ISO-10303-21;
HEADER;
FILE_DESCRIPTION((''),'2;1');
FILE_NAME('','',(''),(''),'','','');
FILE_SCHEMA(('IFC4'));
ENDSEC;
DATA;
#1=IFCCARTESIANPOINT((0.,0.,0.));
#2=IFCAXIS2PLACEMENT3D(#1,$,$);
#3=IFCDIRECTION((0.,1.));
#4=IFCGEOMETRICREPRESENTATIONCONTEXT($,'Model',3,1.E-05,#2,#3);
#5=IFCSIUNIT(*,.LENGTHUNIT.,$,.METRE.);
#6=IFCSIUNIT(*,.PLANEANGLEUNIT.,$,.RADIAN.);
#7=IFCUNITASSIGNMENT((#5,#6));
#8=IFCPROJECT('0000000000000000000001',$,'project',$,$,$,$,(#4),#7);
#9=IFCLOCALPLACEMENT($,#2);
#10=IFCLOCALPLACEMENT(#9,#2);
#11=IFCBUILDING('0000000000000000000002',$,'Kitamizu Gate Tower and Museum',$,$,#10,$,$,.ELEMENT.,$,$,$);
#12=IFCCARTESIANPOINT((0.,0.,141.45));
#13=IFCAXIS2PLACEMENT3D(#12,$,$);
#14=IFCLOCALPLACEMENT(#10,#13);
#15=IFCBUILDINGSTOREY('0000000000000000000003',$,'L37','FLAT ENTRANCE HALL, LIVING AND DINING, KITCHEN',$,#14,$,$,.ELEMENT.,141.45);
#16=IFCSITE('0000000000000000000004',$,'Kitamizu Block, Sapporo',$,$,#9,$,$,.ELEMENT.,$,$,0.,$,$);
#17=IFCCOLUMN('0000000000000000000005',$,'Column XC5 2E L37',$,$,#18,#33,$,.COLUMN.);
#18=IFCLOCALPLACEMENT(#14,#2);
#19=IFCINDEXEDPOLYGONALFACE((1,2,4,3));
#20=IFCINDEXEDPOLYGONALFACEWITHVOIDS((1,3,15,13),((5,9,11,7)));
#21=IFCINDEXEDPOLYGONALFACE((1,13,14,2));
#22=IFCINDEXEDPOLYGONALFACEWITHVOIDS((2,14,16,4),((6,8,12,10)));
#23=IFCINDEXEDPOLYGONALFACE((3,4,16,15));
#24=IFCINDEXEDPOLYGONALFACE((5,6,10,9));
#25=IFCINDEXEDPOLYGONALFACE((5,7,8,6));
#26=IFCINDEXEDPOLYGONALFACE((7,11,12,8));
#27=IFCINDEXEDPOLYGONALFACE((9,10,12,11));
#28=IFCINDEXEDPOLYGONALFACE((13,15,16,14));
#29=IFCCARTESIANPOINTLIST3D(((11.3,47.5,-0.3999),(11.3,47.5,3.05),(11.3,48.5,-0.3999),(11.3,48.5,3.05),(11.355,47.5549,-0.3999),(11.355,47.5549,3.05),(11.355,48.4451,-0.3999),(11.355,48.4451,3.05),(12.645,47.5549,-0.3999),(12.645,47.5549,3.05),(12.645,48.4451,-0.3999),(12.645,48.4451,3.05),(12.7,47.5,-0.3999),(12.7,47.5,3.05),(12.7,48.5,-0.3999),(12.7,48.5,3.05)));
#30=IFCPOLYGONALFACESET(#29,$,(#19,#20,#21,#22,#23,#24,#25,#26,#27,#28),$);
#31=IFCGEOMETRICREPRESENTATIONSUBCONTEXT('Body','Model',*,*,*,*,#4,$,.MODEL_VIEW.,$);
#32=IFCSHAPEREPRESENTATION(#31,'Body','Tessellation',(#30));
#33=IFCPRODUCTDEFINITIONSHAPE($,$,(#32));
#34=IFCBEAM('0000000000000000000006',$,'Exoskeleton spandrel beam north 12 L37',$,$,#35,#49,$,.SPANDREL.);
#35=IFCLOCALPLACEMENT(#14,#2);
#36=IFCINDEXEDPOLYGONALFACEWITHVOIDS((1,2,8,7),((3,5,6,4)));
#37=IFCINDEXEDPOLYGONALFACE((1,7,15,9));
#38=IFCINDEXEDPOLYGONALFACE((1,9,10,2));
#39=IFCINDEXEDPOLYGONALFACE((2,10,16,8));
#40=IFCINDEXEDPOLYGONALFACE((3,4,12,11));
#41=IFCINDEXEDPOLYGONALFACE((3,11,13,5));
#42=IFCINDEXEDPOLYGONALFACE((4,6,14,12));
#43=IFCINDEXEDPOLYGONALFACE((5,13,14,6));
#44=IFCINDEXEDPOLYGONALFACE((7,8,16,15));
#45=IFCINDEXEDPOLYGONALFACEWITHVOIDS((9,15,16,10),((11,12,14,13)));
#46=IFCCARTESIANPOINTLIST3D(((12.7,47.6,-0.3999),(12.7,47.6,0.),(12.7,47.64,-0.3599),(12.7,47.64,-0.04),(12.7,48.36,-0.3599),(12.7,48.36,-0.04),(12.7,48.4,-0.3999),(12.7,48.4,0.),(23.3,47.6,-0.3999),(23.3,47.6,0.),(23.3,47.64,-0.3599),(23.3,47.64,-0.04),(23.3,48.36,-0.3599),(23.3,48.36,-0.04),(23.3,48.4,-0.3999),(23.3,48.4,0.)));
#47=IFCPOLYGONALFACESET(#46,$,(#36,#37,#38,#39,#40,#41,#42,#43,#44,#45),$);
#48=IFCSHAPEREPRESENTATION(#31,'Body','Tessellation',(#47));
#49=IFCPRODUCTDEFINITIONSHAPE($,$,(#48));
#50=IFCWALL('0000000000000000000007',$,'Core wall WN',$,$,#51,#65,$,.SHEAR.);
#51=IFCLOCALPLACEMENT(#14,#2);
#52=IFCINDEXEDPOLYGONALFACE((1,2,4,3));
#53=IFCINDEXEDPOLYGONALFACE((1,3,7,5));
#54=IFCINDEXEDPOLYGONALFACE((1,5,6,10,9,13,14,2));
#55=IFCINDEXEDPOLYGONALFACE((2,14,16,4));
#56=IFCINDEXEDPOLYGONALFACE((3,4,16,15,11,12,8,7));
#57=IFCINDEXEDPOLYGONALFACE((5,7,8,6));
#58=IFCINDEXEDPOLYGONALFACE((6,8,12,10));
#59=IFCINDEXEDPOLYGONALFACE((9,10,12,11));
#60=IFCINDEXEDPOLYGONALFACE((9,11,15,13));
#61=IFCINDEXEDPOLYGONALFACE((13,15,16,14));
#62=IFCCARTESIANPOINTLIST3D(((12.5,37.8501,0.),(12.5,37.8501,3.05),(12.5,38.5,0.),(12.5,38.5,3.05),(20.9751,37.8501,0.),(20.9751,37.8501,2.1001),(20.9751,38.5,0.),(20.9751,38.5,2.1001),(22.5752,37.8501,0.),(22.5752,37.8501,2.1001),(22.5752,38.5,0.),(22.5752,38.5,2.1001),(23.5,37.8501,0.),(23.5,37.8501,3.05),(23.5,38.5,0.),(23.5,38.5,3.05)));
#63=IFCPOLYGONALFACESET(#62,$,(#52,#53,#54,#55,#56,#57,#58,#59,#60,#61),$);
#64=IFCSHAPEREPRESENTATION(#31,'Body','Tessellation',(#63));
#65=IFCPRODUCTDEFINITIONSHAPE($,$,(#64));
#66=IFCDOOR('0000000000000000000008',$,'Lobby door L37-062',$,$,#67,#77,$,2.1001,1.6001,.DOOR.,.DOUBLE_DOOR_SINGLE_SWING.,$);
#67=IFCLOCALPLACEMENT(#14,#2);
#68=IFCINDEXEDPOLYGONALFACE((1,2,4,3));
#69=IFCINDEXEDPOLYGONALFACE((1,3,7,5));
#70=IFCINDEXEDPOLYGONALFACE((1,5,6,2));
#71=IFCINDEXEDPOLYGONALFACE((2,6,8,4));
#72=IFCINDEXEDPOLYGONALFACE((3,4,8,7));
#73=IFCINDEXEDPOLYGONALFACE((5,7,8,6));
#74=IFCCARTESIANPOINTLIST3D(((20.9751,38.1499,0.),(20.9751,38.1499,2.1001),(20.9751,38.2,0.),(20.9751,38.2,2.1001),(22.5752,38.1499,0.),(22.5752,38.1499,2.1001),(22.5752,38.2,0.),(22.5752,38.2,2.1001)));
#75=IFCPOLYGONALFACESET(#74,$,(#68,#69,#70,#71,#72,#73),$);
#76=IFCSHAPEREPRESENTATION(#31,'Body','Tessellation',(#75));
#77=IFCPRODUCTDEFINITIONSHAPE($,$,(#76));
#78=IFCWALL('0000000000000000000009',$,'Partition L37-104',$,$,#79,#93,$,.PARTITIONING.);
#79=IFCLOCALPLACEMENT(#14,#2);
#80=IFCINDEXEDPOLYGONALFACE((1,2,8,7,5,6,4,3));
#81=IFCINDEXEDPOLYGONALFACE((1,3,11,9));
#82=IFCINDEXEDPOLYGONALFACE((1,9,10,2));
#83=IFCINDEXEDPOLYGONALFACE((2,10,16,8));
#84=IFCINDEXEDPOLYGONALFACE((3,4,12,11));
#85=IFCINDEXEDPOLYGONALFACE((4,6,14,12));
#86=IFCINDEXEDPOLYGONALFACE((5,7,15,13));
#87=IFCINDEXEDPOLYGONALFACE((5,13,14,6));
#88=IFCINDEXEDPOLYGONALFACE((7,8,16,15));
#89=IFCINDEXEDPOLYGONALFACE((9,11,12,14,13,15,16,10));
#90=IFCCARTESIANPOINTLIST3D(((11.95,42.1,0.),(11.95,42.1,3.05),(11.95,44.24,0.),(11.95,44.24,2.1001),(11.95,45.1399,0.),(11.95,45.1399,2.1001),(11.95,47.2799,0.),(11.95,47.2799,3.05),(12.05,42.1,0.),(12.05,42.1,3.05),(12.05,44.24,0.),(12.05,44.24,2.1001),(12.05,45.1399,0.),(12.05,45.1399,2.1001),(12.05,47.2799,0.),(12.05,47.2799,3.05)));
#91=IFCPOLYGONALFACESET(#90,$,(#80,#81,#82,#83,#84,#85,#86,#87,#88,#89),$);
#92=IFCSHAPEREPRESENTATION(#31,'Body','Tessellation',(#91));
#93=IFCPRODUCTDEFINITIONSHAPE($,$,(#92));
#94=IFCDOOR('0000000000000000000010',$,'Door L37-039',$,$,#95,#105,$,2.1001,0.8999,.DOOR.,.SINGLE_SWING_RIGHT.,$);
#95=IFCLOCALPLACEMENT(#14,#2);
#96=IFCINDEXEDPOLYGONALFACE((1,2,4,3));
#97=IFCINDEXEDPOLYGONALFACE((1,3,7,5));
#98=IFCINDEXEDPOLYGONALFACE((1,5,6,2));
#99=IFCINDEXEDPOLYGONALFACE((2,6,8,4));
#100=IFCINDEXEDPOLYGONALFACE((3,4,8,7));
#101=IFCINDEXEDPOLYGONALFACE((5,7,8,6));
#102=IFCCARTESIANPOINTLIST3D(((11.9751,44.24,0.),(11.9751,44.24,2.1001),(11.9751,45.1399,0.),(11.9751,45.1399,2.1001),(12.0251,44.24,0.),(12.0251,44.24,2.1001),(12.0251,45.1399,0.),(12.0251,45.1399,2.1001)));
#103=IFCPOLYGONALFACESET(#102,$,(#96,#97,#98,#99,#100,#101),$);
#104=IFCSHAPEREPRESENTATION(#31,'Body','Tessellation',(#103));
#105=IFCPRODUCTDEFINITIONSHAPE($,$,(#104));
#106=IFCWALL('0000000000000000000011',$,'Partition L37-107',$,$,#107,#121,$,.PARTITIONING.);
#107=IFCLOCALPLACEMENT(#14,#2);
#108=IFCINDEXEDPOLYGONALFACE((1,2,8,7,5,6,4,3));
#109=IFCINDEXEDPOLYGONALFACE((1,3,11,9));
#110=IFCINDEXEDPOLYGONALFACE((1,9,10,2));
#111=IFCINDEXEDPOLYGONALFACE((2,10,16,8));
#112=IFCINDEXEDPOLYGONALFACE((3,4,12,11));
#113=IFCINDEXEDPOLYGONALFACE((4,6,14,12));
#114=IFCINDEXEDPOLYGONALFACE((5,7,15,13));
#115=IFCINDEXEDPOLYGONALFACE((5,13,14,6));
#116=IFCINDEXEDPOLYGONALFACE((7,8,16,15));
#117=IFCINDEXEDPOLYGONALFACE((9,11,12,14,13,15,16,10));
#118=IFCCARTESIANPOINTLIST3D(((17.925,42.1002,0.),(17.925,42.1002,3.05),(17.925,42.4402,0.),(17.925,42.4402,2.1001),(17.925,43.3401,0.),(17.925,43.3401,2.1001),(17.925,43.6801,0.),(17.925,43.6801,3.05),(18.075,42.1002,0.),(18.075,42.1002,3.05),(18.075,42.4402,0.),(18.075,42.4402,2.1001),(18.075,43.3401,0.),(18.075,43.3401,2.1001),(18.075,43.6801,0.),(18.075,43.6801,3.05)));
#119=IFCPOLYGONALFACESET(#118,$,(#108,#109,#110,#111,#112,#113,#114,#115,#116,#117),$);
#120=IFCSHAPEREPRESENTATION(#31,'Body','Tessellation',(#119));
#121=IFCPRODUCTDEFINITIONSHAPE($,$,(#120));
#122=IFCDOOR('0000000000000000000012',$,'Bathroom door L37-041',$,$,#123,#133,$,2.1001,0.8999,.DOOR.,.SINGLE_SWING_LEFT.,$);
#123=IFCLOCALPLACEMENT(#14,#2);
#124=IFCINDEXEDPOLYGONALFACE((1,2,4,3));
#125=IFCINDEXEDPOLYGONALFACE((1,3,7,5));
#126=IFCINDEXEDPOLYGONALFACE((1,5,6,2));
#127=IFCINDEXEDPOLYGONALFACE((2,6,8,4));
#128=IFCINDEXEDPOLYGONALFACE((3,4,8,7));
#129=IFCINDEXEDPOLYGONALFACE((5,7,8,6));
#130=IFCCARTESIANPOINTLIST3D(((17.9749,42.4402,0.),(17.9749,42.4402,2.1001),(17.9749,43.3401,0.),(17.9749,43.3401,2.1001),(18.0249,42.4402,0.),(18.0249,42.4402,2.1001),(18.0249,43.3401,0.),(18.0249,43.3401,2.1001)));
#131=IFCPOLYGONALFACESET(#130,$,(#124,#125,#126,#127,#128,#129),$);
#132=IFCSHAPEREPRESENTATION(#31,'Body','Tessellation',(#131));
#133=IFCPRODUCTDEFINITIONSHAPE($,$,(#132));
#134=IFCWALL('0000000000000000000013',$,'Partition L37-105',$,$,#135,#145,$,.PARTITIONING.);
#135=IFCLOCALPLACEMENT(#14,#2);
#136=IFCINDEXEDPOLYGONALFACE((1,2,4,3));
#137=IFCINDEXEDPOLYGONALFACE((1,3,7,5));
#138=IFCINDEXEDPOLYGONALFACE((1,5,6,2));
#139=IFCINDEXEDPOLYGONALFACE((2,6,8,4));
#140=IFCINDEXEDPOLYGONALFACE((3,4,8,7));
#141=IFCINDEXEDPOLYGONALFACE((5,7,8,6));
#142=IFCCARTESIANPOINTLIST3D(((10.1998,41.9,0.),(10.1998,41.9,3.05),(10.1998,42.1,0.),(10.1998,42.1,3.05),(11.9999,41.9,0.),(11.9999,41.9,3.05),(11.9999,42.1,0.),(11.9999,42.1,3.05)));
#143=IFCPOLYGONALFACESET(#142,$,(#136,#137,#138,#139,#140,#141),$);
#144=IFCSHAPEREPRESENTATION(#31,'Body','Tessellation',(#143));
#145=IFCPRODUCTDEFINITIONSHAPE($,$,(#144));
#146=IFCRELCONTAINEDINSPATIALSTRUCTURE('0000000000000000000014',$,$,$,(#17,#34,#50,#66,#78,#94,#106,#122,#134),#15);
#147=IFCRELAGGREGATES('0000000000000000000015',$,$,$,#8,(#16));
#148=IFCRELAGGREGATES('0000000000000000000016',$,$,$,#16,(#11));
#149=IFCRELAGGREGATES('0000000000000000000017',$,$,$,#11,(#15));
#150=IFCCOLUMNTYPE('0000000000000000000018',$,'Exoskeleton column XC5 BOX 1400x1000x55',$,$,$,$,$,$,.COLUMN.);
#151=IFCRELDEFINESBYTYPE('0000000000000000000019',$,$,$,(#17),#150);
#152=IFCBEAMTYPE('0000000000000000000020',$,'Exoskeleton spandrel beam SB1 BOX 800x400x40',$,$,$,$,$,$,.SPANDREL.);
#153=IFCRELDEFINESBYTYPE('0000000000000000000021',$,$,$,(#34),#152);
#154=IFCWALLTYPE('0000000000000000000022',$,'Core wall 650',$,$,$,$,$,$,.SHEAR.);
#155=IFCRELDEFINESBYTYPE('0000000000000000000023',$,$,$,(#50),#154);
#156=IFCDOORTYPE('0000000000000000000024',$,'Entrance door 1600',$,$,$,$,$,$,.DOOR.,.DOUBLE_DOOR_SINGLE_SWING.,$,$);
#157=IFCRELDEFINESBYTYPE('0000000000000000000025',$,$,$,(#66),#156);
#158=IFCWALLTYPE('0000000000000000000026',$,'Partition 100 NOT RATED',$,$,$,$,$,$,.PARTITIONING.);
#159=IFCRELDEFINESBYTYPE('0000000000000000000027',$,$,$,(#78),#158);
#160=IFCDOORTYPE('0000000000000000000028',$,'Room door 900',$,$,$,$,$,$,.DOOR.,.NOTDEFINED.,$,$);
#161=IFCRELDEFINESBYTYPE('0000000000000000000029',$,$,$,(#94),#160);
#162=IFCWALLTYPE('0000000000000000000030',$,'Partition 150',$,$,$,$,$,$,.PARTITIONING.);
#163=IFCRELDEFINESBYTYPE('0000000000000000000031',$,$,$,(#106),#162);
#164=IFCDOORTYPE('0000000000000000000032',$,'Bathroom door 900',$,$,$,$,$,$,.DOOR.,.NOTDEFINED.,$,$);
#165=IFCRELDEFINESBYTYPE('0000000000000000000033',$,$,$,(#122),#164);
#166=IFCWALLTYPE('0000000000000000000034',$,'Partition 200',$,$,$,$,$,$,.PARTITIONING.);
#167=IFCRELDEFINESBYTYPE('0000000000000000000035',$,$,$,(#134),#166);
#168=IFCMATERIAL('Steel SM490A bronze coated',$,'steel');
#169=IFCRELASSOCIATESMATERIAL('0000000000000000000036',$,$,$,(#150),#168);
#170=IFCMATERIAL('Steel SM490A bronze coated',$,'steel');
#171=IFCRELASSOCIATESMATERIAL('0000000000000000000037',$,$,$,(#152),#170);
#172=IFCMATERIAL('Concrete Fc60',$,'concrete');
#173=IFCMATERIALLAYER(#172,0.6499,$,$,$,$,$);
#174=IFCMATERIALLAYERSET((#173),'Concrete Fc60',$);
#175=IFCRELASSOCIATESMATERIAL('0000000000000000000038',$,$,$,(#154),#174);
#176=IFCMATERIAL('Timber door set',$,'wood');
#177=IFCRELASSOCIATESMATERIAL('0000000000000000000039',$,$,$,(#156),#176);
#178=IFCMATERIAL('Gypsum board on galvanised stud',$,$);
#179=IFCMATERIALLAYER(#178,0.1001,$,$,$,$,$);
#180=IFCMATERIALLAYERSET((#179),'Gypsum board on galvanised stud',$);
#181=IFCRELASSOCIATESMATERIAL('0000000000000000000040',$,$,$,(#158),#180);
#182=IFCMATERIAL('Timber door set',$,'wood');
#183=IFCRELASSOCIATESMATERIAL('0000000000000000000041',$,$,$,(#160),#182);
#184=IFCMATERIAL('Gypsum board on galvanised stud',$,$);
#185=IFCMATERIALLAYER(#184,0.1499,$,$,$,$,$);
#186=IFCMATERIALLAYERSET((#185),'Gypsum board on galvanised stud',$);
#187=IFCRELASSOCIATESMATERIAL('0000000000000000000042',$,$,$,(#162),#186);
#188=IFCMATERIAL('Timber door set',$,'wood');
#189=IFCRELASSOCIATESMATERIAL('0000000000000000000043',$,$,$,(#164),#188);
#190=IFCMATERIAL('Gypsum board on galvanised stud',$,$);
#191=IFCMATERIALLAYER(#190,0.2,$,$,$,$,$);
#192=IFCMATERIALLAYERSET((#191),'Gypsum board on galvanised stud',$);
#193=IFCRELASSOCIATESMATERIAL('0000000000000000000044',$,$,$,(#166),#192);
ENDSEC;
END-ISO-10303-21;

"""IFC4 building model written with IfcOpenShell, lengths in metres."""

from ifc_helpers import new_model, si_unit, direction, frame, frame_2d, origin, origin_2d, place, context, subcontext, project, spatial, rectangle, hollow_rectangle, extrude, material, layer, layer_set, material_profile, profile_set, type_object, element, fill, save


model = new_model("IFC4")

# Units and contexts
model_context = context("Model", 3, precision=1e-05, world=origin(), true_north=direction((0.0, 1.0)))
body_context = subcontext(model_context, "Body", "Model", "MODEL_VIEW")
ifc_project = project(units=[si_unit("LENGTHUNIT", "METRE"), si_unit("PLANEANGLEUNIT", "RADIAN")], contexts=[model_context])

# Site, building, storey
site_placement = place(None, origin())
site = spatial("IfcSite", under=ifc_project, at=site_placement, Name="Kitamizu Block, Sapporo", CompositionType="ELEMENT", RefElevation=0.0)
building_placement = place(site_placement, origin())
building = spatial("IfcBuilding", under=site, at=building_placement, Name="Kitamizu Gate Tower and Museum", CompositionType="ELEMENT")
storey_placement = place(building_placement, frame((0.0, 0.0, 141.45)))
storey = spatial("IfcBuildingStorey", under=building, at=storey_placement, Name="L37", Description="FLAT ENTRANCE HALL, LIVING AND DINING, KITCHEN", CompositionType="ELEMENT", Elevation=141.45)

# Column
ifc_material_1 = material(Name="Steel SM490A bronze coated", Category="steel")
ifc_material_profile_1 = material_profile(ifc_material_1, hollow_rectangle(XDim=1.3999, YDim=1.0, WallThickness=0.0549, at=origin_2d()), Name="BOX 1400x1000x55")
ifc_profile_set_1 = profile_set([ifc_material_profile_1], Name="Steel SM490A bronze coated")
column_type = type_object("IfcColumnType", Name="Exoskeleton column XC5 BOX 1400x1000x55", PredefinedType="COLUMN", material=ifc_profile_set_1)
column_placement = place(storey_placement, frame((12.0, 48.0, -0.3999), z_axis=(0.0, 0.0, 1.0), x_axis=(1.0, 0.0, 0.0)))
element("IfcColumn", 1, at=column_placement, inside=storey, type_object=column_type, Name="Column XC5 2E L37", PredefinedType="COLUMN", context=body_context, shape_type="SweptSolid", body=[
    extrude(hollow_rectangle(XDim=1.3999, YDim=1.0, WallThickness=0.0549, at=origin_2d()), origin(), (0.0, 0.0, 1.0), 3.45),
])

# Beam
ifc_material_2 = material(Name="Steel SM490A bronze coated", Category="steel")
ifc_material_profile_2 = material_profile(ifc_material_2, hollow_rectangle(XDim=0.8, YDim=0.3999, WallThickness=0.04, at=origin_2d()), Name="BOX 800x400x40")
ifc_profile_set_2 = profile_set([ifc_material_profile_2], Name="Steel SM490A bronze coated")
beam_type = type_object("IfcBeamType", Name="Exoskeleton spandrel beam SB1 BOX 800x400x40", PredefinedType="SPANDREL", material=ifc_profile_set_2)
beam_placement = place(storey_placement, frame((12.7, 48.0, -0.2), z_axis=(1.0, 0.0, 0.0), x_axis=(0.0, 1.0, 0.0)))
element("IfcBeam", 2, at=beam_placement, inside=storey, type_object=beam_type, Name="Exoskeleton spandrel beam north 12 L37", PredefinedType="SPANDREL", context=body_context, shape_type="SweptSolid", body=[
    extrude(hollow_rectangle(XDim=0.8, YDim=0.3999, WallThickness=0.04, at=origin_2d()), origin(), (0.0, 0.0, 1.0), 10.6001),
])

# Walls, openings, doors
ifc_material_3 = material(Name="Concrete Fc60", Category="concrete")
ifc_layer_1 = layer(ifc_material_3, 0.6499)
ifc_layer_set_1 = layer_set([ifc_layer_1], Name="Concrete Fc60")
wall_type_1 = type_object("IfcWallType", Name="Core wall 650", PredefinedType="SHEAR", material=ifc_layer_set_1)
wall_1_placement = place(storey_placement, frame((12.5, 38.175, 0.0), z_axis=(0.0, 0.0, 1.0), x_axis=(1.0, 0.0, 0.0)))
wall_1 = element("IfcWall", 3, at=wall_1_placement, inside=storey, type_object=wall_type_1, Name="Core wall WN", PredefinedType="SHEAR", context=body_context, shape_type="SweptSolid", body=[
    extrude(rectangle(XDim=11.0, YDim=0.6499, at=frame_2d((5.5, 0.0))), origin(), (0.0, 0.0, 1.0), 3.05),
])
opening_1_placement = place(wall_1_placement, frame((8.4751, 0.0, 0.0)))
opening_1 = element("IfcOpeningElement", 4, at=opening_1_placement, cuts=wall_1, PredefinedType="OPENING", context=body_context, shape_type="SweptSolid", body=[
    extrude(rectangle(XDim=1.6001, YDim=2.1001, at=frame_2d((0.8, 1.05))), frame((0.0, 0.335, 0.0), z_axis=(0.0, -1.0, 0.0), x_axis=(1.0, 0.0, 0.0)), (0.0, 0.0, 1.0), 0.6699),
])
ifc_material_4 = material(Name="Timber door set", Category="wood")
door_type_1 = type_object("IfcDoorType", Name="Entrance door 1600", OperationType="DOUBLE_DOOR_SINGLE_SWING", PredefinedType="DOOR", material=ifc_material_4)
door_1_placement = place(opening_1_placement, origin())
door_1 = element("IfcDoor", 5, at=door_1_placement, inside=storey, type_object=door_type_1, Name="Lobby door L37-062", OperationType="DOUBLE_DOOR_SINGLE_SWING", OverallHeight=2.1001, OverallWidth=1.6001, PredefinedType="DOOR", context=body_context, shape_type="SweptSolid", body=[
    extrude(rectangle(XDim=1.6001, YDim=2.1001, at=frame_2d((0.8, 1.05))), frame((0.0, 0.0249, 0.0), z_axis=(0.0, -1.0, 0.0), x_axis=(1.0, 0.0, 0.0)), (0.0, 0.0, 1.0), 0.05),
])
fill(opening_1, door_1)
ifc_material_5 = material(Name="Gypsum board on galvanised stud")
ifc_layer_2 = layer(ifc_material_5, 0.1001)
ifc_layer_set_2 = layer_set([ifc_layer_2], Name="Gypsum board on galvanised stud")
wall_type_2 = type_object("IfcWallType", Name="Partition 100 NOT RATED", PredefinedType="PARTITIONING", material=ifc_layer_set_2)
wall_2_placement = place(storey_placement, frame((12.0, 42.1001, 0.0), z_axis=(0.0, 0.0, 1.0), x_axis=(0.0, 1.0, 0.0)))
wall_2 = element("IfcWall", 6, at=wall_2_placement, inside=storey, type_object=wall_type_2, Name="Partition L37-104", PredefinedType="PARTITIONING", context=body_context, shape_type="SweptSolid", body=[
    extrude(rectangle(XDim=5.1799, YDim=0.1001, at=frame_2d((2.5898, 0.0))), origin(), (0.0, 0.0, 1.0), 3.05),
])
opening_2_placement = place(wall_2_placement, frame((2.1399, 0.0, 0.0)))
opening_2 = element("IfcOpeningElement", 7, at=opening_2_placement, cuts=wall_2, PredefinedType="OPENING", context=body_context, shape_type="SweptSolid", body=[
    extrude(rectangle(XDim=0.8999, YDim=2.1001, at=frame_2d((0.45, 1.05))), frame((0.0, 0.0601, 0.0), z_axis=(0.0, -1.0, 0.0), x_axis=(1.0, 0.0, 0.0)), (0.0, 0.0, 1.0), 0.1201),
])
ifc_material_6 = material(Name="Timber door set", Category="wood")
door_type_2 = type_object("IfcDoorType", Name="Room door 900", OperationType="NOTDEFINED", PredefinedType="DOOR", material=ifc_material_6)
door_2_placement = place(opening_2_placement, origin())
door_2 = element("IfcDoor", 8, at=door_2_placement, inside=storey, type_object=door_type_2, Name="Door L37-039", OperationType="SINGLE_SWING_RIGHT", OverallHeight=2.1001, OverallWidth=0.8999, PredefinedType="DOOR", context=body_context, shape_type="SweptSolid", body=[
    extrude(rectangle(XDim=0.8999, YDim=2.1001, at=frame_2d((0.45, 1.05))), frame((0.0, 0.0249, 0.0), z_axis=(0.0, -1.0, 0.0), x_axis=(1.0, 0.0, 0.0)), (0.0, 0.0, 1.0), 0.05),
])
fill(opening_2, door_2)
ifc_material_7 = material(Name="Gypsum board on galvanised stud")
ifc_layer_3 = layer(ifc_material_7, 0.1499)
ifc_layer_set_3 = layer_set([ifc_layer_3], Name="Gypsum board on galvanised stud")
wall_type_3 = type_object("IfcWallType", Name="Partition 150", PredefinedType="PARTITIONING", material=ifc_layer_set_3)
wall_3_placement = place(storey_placement, frame((18.0, 42.1001, 0.0), z_axis=(0.0, 0.0, 1.0), x_axis=(0.0, 1.0, 0.0)))
wall_3 = element("IfcWall", 9, at=wall_3_placement, inside=storey, type_object=wall_type_3, Name="Partition L37-107", PredefinedType="PARTITIONING", context=body_context, shape_type="SweptSolid", body=[
    extrude(rectangle(XDim=1.5798, YDim=0.1499, at=frame_2d((0.79, 0.0))), origin(), (0.0, 0.0, 1.0), 3.05),
])
opening_3_placement = place(wall_3_placement, frame((0.3401, 0.0, 0.0)))
opening_3 = element("IfcOpeningElement", 10, at=opening_3_placement, cuts=wall_3, PredefinedType="OPENING", context=body_context, shape_type="SweptSolid", body=[
    extrude(rectangle(XDim=0.8999, YDim=2.1001, at=frame_2d((0.45, 1.05))), frame((0.0, 0.085, 0.0), z_axis=(0.0, -1.0, 0.0), x_axis=(1.0, 0.0, 0.0)), (0.0, 0.0, 1.0), 0.1699),
])
ifc_material_8 = material(Name="Timber door set", Category="wood")
door_type_3 = type_object("IfcDoorType", Name="Bathroom door 900", OperationType="NOTDEFINED", PredefinedType="DOOR", material=ifc_material_8)
door_3_placement = place(opening_3_placement, frame((0.8999, 0.0, 0.0), x_axis=(-1.0, 0.0, 0.0)))
door_3 = element("IfcDoor", 11, at=door_3_placement, inside=storey, type_object=door_type_3, Name="Bathroom door L37-041", OperationType="SINGLE_SWING_LEFT", OverallHeight=2.1001, OverallWidth=0.8999, PredefinedType="DOOR", context=body_context, shape_type="SweptSolid", body=[
    extrude(rectangle(XDim=0.8999, YDim=2.1001, at=frame_2d((0.45, 1.05))), frame((0.0, 0.0249, 0.0), z_axis=(0.0, -1.0, 0.0), x_axis=(1.0, 0.0, 0.0)), (0.0, 0.0, 1.0), 0.05),
])
fill(opening_3, door_3)

# Wall
ifc_material_9 = material(Name="Gypsum board on galvanised stud")
ifc_layer_4 = layer(ifc_material_9, 0.2)
ifc_layer_set_4 = layer_set([ifc_layer_4], Name="Gypsum board on galvanised stud")
wall_type_4 = type_object("IfcWallType", Name="Partition 200", PredefinedType="PARTITIONING", material=ifc_layer_set_4)
wall_4_placement = place(storey_placement, frame((10.2, 42.0, 0.0), z_axis=(0.0, 0.0, 1.0), x_axis=(1.0, 0.0, 0.0)))
element("IfcWall", 12, at=wall_4_placement, inside=storey, type_object=wall_type_4, Name="Partition L37-105", PredefinedType="PARTITIONING", context=body_context, shape_type="SweptSolid", body=[
    extrude(rectangle(XDim=1.8, YDim=0.2, at=frame_2d((0.8999, 0.0))), origin(), (0.0, 0.0, 1.0), 3.05),
])

save(model, "model.ifc")
